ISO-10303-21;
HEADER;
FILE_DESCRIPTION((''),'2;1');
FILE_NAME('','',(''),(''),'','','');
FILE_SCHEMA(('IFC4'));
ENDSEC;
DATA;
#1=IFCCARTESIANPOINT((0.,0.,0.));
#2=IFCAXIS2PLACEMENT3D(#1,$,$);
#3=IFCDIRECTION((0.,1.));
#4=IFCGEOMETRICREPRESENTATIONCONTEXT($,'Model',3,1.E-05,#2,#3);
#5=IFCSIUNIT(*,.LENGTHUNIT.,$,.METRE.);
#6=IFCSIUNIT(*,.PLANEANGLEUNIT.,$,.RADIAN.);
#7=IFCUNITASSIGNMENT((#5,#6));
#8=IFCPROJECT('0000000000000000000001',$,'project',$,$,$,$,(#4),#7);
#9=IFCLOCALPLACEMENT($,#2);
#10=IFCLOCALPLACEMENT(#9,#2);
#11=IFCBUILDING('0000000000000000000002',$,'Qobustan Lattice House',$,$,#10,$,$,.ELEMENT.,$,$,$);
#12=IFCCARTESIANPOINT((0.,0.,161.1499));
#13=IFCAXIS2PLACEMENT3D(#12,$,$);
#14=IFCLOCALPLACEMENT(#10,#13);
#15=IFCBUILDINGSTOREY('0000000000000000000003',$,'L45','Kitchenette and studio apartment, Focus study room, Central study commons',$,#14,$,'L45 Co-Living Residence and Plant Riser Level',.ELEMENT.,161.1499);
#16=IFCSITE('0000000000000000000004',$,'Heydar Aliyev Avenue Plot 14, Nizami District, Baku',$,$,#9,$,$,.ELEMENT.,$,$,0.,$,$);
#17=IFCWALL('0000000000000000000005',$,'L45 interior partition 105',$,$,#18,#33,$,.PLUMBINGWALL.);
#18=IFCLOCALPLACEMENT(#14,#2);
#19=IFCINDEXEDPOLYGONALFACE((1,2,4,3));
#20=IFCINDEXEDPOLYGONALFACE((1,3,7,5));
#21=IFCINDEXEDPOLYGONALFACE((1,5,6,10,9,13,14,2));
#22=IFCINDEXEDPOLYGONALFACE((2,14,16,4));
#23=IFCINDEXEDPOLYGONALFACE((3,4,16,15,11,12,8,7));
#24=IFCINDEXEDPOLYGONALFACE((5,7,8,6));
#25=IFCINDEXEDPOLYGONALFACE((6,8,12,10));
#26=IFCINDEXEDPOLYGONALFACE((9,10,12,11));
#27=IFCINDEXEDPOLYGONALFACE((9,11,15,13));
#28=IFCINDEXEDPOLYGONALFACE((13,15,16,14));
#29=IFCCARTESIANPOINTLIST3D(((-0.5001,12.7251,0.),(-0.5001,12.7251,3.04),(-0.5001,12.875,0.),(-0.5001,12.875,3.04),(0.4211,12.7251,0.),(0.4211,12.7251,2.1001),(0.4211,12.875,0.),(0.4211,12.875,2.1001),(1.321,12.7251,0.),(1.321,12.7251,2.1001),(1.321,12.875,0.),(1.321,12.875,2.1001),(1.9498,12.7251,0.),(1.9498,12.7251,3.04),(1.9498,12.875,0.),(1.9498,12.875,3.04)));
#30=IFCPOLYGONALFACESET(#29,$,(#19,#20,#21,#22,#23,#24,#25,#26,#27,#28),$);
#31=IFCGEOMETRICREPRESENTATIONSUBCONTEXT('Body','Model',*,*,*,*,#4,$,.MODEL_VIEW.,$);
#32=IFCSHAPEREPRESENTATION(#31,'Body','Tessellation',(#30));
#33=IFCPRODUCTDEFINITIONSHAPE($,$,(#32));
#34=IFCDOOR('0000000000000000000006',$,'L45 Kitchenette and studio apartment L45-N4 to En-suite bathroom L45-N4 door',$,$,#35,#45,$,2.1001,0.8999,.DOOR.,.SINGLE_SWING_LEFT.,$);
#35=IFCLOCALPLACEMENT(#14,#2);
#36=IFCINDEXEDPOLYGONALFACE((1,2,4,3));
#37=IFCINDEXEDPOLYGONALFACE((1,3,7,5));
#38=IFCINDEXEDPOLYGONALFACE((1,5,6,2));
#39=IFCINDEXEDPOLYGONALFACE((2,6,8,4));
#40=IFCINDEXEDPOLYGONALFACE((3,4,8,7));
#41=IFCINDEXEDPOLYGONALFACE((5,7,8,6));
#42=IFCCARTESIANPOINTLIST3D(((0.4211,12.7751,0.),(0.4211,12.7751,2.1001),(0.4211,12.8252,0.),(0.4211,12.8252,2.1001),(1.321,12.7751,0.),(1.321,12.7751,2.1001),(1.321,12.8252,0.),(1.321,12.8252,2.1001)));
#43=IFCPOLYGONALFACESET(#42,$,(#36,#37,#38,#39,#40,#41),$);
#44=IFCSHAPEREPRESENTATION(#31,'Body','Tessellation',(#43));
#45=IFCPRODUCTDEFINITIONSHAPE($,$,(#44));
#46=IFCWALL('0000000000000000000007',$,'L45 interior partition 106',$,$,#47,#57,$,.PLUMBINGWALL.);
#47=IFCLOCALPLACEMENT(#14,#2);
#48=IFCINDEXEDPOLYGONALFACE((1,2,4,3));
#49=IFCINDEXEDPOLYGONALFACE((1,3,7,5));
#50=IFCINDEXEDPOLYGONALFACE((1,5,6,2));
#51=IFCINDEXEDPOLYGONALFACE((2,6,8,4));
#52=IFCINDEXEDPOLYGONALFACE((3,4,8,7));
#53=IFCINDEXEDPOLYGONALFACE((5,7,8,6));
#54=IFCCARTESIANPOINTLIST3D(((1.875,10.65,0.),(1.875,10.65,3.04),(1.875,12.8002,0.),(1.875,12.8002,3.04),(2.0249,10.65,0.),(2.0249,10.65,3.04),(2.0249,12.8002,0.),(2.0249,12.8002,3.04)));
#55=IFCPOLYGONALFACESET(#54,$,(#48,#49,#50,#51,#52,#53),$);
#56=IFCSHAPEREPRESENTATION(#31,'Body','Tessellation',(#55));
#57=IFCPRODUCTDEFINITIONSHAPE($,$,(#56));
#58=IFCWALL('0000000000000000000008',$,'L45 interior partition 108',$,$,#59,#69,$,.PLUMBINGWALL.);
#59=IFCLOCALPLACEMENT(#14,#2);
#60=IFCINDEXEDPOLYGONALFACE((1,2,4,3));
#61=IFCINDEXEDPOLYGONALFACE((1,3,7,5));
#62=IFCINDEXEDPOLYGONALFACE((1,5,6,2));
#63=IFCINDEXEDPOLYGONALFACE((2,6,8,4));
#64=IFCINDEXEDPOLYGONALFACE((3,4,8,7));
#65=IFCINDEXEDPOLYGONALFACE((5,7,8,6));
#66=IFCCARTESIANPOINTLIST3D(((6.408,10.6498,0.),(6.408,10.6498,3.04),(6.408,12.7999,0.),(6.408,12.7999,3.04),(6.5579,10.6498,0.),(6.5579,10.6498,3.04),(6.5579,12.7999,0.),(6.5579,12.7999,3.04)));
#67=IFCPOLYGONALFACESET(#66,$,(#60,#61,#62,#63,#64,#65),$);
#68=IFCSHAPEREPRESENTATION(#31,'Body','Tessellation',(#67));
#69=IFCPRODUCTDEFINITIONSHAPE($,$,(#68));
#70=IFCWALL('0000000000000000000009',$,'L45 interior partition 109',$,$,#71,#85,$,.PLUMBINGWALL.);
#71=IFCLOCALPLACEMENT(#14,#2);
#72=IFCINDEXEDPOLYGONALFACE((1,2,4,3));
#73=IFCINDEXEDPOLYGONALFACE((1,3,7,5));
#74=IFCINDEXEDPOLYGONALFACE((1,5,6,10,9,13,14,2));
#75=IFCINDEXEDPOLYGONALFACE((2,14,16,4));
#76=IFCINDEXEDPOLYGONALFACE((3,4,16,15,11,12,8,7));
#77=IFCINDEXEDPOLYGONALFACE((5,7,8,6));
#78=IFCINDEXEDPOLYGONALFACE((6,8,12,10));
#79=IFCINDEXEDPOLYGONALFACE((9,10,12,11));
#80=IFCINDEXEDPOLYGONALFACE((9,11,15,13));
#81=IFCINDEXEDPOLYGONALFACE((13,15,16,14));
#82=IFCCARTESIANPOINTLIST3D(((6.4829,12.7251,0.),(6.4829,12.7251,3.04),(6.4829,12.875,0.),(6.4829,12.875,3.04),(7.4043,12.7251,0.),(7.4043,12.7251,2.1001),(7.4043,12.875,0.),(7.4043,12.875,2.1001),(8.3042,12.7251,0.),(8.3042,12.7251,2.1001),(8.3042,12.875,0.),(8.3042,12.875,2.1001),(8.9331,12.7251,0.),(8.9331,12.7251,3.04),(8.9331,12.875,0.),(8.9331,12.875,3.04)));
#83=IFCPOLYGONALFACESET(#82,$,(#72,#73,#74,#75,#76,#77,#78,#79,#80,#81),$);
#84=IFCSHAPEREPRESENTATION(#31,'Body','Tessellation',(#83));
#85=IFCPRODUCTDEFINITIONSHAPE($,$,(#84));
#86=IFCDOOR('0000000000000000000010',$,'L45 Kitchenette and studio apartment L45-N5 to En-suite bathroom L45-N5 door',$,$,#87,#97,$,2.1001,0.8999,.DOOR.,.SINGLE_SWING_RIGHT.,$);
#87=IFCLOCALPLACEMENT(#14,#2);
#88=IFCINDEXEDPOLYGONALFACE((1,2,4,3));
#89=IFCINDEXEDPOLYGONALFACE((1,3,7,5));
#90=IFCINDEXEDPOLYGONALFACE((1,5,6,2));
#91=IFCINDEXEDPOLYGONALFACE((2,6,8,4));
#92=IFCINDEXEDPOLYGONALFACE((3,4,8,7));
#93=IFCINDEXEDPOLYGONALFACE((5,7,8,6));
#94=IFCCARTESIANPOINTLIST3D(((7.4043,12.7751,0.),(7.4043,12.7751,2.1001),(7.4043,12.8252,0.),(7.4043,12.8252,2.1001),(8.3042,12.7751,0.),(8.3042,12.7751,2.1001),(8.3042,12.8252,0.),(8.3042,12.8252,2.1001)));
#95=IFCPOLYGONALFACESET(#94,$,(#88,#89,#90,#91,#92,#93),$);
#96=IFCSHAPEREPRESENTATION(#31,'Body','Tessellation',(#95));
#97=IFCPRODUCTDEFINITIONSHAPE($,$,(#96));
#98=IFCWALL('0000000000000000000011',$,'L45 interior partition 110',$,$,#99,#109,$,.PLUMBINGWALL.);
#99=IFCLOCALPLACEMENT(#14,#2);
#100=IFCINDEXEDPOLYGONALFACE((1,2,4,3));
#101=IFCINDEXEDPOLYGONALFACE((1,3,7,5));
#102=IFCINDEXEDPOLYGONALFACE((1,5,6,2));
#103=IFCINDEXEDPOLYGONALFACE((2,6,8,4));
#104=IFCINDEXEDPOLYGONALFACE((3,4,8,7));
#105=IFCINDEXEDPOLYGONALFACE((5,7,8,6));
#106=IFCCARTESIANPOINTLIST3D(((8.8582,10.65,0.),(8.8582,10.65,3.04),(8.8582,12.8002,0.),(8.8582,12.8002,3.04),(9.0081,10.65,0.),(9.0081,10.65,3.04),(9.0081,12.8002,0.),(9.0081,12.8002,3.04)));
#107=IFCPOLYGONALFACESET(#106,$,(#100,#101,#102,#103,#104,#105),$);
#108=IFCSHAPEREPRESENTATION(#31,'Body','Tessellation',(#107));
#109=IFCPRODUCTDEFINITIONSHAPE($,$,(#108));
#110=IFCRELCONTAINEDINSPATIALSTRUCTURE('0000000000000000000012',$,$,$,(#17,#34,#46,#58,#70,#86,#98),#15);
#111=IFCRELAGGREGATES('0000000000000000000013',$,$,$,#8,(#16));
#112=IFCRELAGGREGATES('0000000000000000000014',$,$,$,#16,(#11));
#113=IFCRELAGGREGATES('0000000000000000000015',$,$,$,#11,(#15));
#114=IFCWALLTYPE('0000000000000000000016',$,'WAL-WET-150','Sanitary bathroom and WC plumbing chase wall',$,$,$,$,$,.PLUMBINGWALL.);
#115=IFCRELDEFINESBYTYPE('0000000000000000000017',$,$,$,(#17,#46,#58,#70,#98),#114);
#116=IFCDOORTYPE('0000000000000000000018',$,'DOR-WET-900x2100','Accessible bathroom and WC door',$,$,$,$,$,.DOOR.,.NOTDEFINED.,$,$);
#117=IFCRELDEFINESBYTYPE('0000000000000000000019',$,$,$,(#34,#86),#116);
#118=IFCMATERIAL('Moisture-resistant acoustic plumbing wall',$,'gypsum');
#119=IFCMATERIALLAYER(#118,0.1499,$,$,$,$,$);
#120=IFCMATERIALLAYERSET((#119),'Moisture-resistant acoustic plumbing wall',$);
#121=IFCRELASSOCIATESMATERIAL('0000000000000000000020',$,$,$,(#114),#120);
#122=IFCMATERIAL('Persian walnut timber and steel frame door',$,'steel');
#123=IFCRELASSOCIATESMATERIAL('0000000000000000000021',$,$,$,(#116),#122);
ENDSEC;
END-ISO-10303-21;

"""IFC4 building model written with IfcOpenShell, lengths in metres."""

from ifc_helpers import new_model, si_unit, direction, frame, frame_2d, origin, place, context, subcontext, project, spatial, rectangle, extrude, material, layer, layer_set, type_object, element, fill, save


model = new_model("IFC4")

# Units and contexts
model_context = context("Model", 3, precision=1e-05, world=origin(), true_north=direction((0.0, 1.0)))
body_context = subcontext(model_context, "Body", "Model", "MODEL_VIEW")
ifc_project = project(units=[si_unit("LENGTHUNIT", "METRE"), si_unit("PLANEANGLEUNIT", "RADIAN")], contexts=[model_context])

# Site, building, storey
site_placement = place(None, origin())
site = spatial("IfcSite", under=ifc_project, at=site_placement, Name="Heydar Aliyev Avenue Plot 14, Nizami District, Baku", CompositionType="ELEMENT", RefElevation=0.0)
building_placement = place(site_placement, origin())
building = spatial("IfcBuilding", under=site, at=building_placement, Name="Qobustan Lattice House", CompositionType="ELEMENT")
storey_placement = place(building_placement, frame((0.0, 0.0, 161.1499)))
storey = spatial("IfcBuildingStorey", under=building, at=storey_placement, Name="L45", Description="Kitchenette and studio apartment, Focus study room, Central study commons", LongName="L45 Co-Living Residence and Plant Riser Level", CompositionType="ELEMENT", Elevation=161.1499)

# Shared definitions
ifc_material_1 = material(Name="Moisture-resistant acoustic plumbing wall", Category="gypsum")
ifc_layer_1 = layer(ifc_material_1, 0.1499)
ifc_layer_set_1 = layer_set([ifc_layer_1], Name="Moisture-resistant acoustic plumbing wall")
wall_type_1 = type_object("IfcWallType", Name="WAL-WET-150", Description="Sanitary bathroom and WC plumbing chase wall", PredefinedType="PLUMBINGWALL", material=ifc_layer_set_1)

# Wall, opening, door
wall_1_placement = place(storey_placement, frame((1.95, 12.8, 0.0), z_axis=(0.0, 0.0, 1.0), x_axis=(-1.0, 0.0, 0.0)))
wall_1 = element("IfcWall", 1, at=wall_1_placement, inside=storey, type_object=wall_type_1, Name="L45 interior partition 105", PredefinedType="PLUMBINGWALL", context=body_context, shape_type="SweptSolid", body=[
    extrude(rectangle(XDim=2.45, YDim=0.1499, at=frame_2d((1.2251, 0.0))), origin(), (0.0, 0.0, 1.0), 3.04),
])
opening_1_placement = place(wall_1_placement, frame((0.6289, 0.0, 0.0)))
opening_1 = element("IfcOpeningElement", 2, at=opening_1_placement, cuts=wall_1, PredefinedType="OPENING", context=body_context, shape_type="SweptSolid", body=[
    extrude(rectangle(XDim=0.8999, YDim=2.1001, at=frame_2d((0.45, 1.05))), frame((0.0, 0.085, 0.0), z_axis=(0.0, -1.0, 0.0), x_axis=(1.0, 0.0, 0.0)), (0.0, 0.0, 1.0), 0.1699),
])
ifc_material_2 = material(Name="Persian walnut timber and steel frame door", Category="steel")
door_type_1 = type_object("IfcDoorType", Name="DOR-WET-900x2100", Description="Accessible bathroom and WC door", OperationType="NOTDEFINED", PredefinedType="DOOR", material=ifc_material_2)
door_1_placement = place(opening_1_placement, origin())
door_1 = element("IfcDoor", 3, at=door_1_placement, inside=storey, type_object=door_type_1, Name="L45 Kitchenette and studio apartment L45-N4 to En-suite bathroom L45-N4 door", OperationType="SINGLE_SWING_LEFT", OverallHeight=2.1001, OverallWidth=0.8999, PredefinedType="DOOR", context=body_context, shape_type="SweptSolid", body=[
    extrude(rectangle(XDim=0.8999, YDim=2.1001, at=frame_2d((0.45, 1.05))), frame((0.0, 0.0249, 0.0), z_axis=(0.0, -1.0, 0.0), x_axis=(1.0, 0.0, 0.0)), (0.0, 0.0, 1.0), 0.05),
])
fill(opening_1, door_1)

# Walls
for number, where, z_axis, x_axis, name in (
    (4, (1.95, 10.6499, 0.0), (0.0, 0.0, 1.0), (0.0, 1.0, 0.0), "L45 interior partition 106"),
    (5, (6.4829, 12.8, 0.0), (0.0, 0.0, 1.0), (0.0, -1.0, 0.0), "L45 interior partition 108"),
):
    element("IfcWall", number, at=place(storey_placement, frame(where, z_axis=z_axis, x_axis=x_axis)), inside=storey, type_object=wall_type_1, Name=name, PredefinedType="PLUMBINGWALL", context=body_context, shape_type="SweptSolid", body=[
        extrude(rectangle(XDim=2.1501, YDim=0.1499, at=frame_2d((1.0752, 0.0))), origin(), (0.0, 0.0, 1.0), 3.04),
    ])

# Wall, opening, door
wall_2_placement = place(storey_placement, frame((8.9331, 12.8, 0.0), z_axis=(0.0, 0.0, 1.0), x_axis=(-1.0, 0.0, 0.0)))
wall_2 = element("IfcWall", 6, at=wall_2_placement, inside=storey, type_object=wall_type_1, Name="L45 interior partition 109", PredefinedType="PLUMBINGWALL", context=body_context, shape_type="SweptSolid", body=[
    extrude(rectangle(XDim=2.4502, YDim=0.1499, at=frame_2d((1.2251, 0.0))), origin(), (0.0, 0.0, 1.0), 3.04),
])
opening_2_placement = place(wall_2_placement, frame((0.6289, 0.0, 0.0)))
opening_2 = element("IfcOpeningElement", 7, at=opening_2_placement, cuts=wall_2, PredefinedType="OPENING", context=body_context, shape_type="SweptSolid", body=[
    extrude(rectangle(XDim=0.8999, YDim=2.1001, at=frame_2d((0.45, 1.05))), frame((0.0, 0.085, 0.0), z_axis=(0.0, -1.0, 0.0), x_axis=(1.0, 0.0, 0.0)), (0.0, 0.0, 1.0), 0.1699),
])
door_2_placement = place(opening_2_placement, origin())
door_2 = element("IfcDoor", 8, at=door_2_placement, inside=storey, type_object=door_type_1, Name="L45 Kitchenette and studio apartment L45-N5 to En-suite bathroom L45-N5 door", OperationType="SINGLE_SWING_RIGHT", OverallHeight=2.1001, OverallWidth=0.8999, PredefinedType="DOOR", context=body_context, shape_type="SweptSolid", body=[
    extrude(rectangle(XDim=0.8999, YDim=2.1001, at=frame_2d((0.45, 1.05))), frame((0.0, 0.0249, 0.0), z_axis=(0.0, -1.0, 0.0), x_axis=(1.0, 0.0, 0.0)), (0.0, 0.0, 1.0), 0.05),
])
fill(opening_2, door_2)

# Wall
wall_3_placement = place(storey_placement, frame((8.9331, 10.6499, 0.0), z_axis=(0.0, 0.0, 1.0), x_axis=(0.0, 1.0, 0.0)))
element("IfcWall", 9, at=wall_3_placement, inside=storey, type_object=wall_type_1, Name="L45 interior partition 110", PredefinedType="PLUMBINGWALL", context=body_context, shape_type="SweptSolid", body=[
    extrude(rectangle(XDim=2.1501, YDim=0.1499, at=frame_2d((1.0752, 0.0))), origin(), (0.0, 0.0, 1.0), 3.04),
])

save(model, "model.ifc")
